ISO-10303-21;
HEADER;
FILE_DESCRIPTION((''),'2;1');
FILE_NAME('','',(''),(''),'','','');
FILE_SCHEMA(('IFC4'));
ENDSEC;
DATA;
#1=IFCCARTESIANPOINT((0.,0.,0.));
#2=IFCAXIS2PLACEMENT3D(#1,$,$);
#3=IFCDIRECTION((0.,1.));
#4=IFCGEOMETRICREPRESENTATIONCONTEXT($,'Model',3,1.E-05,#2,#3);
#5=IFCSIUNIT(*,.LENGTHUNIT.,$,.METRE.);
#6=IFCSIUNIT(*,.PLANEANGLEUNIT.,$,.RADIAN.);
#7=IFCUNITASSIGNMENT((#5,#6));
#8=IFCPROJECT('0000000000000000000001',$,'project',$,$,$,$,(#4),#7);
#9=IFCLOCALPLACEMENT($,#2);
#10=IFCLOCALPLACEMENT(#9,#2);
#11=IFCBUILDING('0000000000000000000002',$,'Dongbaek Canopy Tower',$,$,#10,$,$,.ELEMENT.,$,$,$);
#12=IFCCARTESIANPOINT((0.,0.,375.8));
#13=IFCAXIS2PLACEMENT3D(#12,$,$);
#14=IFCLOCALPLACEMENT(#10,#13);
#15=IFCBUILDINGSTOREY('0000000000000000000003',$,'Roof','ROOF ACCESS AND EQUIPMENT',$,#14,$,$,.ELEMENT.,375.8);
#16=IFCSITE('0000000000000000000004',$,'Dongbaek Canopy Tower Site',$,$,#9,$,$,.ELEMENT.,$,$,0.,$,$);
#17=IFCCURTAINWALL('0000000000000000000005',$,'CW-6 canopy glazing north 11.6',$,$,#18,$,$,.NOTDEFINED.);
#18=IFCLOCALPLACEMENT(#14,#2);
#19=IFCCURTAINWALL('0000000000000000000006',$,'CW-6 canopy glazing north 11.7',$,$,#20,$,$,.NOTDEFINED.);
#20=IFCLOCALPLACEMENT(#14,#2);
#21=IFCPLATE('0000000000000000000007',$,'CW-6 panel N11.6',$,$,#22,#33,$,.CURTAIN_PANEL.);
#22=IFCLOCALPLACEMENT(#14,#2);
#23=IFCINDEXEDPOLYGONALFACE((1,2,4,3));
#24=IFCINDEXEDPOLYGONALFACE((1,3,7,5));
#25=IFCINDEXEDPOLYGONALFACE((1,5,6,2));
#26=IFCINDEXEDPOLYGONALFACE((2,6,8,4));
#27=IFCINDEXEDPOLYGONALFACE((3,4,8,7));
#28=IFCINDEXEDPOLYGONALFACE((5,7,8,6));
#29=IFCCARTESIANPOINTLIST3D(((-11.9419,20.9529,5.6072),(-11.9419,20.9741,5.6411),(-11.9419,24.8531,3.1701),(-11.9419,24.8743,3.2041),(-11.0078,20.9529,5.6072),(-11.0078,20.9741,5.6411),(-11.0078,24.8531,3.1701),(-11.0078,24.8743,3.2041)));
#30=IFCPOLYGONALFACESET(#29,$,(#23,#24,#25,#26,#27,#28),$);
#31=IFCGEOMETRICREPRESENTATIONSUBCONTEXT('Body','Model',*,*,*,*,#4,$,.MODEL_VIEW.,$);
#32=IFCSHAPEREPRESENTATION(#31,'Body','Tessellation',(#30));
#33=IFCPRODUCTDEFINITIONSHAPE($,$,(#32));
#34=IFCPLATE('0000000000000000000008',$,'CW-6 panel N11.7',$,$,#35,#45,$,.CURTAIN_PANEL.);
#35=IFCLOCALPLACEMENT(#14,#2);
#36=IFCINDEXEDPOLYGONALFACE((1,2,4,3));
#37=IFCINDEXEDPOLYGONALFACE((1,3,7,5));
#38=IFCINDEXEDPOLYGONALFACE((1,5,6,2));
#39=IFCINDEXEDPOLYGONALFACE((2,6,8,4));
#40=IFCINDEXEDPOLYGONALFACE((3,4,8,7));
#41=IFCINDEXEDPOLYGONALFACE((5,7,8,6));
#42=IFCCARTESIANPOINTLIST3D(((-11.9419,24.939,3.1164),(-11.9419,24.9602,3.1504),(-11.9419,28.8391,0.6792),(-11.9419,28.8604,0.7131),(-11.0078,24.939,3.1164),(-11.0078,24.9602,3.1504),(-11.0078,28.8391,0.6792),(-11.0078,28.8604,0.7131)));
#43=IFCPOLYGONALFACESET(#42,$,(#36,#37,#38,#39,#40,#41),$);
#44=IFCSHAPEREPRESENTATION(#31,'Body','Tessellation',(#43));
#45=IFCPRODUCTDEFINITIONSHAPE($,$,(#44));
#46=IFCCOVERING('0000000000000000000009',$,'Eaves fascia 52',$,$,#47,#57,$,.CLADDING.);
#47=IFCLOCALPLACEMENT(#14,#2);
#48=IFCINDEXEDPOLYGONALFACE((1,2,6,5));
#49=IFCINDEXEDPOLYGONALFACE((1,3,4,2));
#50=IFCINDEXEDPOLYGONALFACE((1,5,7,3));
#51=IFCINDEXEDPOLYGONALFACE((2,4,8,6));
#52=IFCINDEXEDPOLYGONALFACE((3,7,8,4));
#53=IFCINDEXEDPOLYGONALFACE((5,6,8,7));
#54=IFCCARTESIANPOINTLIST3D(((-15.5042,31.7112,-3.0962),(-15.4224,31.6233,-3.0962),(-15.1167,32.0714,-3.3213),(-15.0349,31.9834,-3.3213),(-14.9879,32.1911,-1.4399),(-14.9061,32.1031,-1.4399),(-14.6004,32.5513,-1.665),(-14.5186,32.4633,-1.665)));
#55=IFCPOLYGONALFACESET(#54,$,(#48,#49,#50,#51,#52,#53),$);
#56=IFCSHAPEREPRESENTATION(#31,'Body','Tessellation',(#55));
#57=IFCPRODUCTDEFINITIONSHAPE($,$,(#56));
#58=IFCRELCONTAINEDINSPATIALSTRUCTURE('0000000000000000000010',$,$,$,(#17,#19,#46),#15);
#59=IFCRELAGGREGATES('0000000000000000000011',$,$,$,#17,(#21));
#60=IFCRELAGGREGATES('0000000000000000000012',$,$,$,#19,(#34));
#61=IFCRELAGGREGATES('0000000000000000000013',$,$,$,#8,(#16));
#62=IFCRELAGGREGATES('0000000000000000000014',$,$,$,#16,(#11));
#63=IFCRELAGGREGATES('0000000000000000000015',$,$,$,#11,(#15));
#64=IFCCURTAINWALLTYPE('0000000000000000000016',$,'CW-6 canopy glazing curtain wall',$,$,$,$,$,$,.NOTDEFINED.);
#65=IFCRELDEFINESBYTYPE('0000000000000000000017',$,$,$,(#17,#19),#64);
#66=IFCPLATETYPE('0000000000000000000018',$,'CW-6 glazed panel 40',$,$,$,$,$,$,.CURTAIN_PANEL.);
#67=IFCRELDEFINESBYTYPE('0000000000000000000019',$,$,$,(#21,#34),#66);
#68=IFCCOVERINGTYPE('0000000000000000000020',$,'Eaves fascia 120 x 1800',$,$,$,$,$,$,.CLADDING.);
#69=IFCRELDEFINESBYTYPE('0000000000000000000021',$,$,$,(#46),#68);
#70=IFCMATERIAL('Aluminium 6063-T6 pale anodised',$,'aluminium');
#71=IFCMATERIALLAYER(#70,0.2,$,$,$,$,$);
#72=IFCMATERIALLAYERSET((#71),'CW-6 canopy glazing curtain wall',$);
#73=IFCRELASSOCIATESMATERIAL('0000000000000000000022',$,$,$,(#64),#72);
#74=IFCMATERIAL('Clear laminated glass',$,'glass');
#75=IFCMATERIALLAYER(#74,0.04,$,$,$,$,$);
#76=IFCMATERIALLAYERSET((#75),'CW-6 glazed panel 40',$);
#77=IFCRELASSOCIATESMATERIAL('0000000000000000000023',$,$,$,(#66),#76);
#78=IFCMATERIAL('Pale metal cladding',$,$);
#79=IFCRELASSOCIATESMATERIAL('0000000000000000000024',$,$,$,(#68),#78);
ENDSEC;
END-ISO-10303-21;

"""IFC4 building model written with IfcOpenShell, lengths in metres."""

from ifc_helpers import new_model, si_unit, direction, frame, origin, origin_2d, place, context, subcontext, project, spatial, polyline, rectangle, outline, extrude, material, layer, layer_set, material_profile, profile_set, type_object, element, aggregate, save


model = new_model("IFC4")

# Units and contexts
model_context = context("Model", 3, precision=1e-05, world=origin(), true_north=direction((0.0, 1.0)))
body_context = subcontext(model_context, "Body", "Model", "MODEL_VIEW")
ifc_project = project(units=[si_unit("LENGTHUNIT", "METRE"), si_unit("PLANEANGLEUNIT", "RADIAN")], contexts=[model_context])

# Site, building, storey
site_placement = place(None, origin())
site = spatial("IfcSite", under=ifc_project, at=site_placement, Name="Dongbaek Canopy Tower Site", CompositionType="ELEMENT", RefElevation=0.0)
building_placement = place(site_placement, origin())
building = spatial("IfcBuilding", under=site, at=building_placement, Name="Dongbaek Canopy Tower", CompositionType="ELEMENT")
storey_placement = place(building_placement, frame((0.0, 0.0, 375.8)))
storey = spatial("IfcBuildingStorey", under=building, at=storey_placement, Name="Roof", Description="ROOF ACCESS AND EQUIPMENT", CompositionType="ELEMENT", Elevation=375.8)

# Shared definitions
ifc_material_1 = material(Name="Aluminium 6063-T6 pale anodised", Category="aluminium")
ifc_layer_1 = layer(ifc_material_1, 0.2)
ifc_layer_set_1 = layer_set([ifc_layer_1], Name="CW-6 canopy glazing curtain wall")
curtain_wall_type = type_object("IfcCurtainWallType", Name="CW-6 canopy glazing curtain wall", PredefinedType="NOTDEFINED", material=ifc_layer_set_1)

# Curtain walls
curtain_wall_1_placement = place(storey_placement, origin())
curtain_wall_1 = element("IfcCurtainWall", 1, at=curtain_wall_1_placement, inside=storey, type_object=curtain_wall_type, Name="CW-6 canopy glazing north 11.6", PredefinedType="NOTDEFINED")
curtain_wall_2_placement = place(storey_placement, origin())
curtain_wall_2 = element("IfcCurtainWall", 2, at=curtain_wall_2_placement, inside=storey, type_object=curtain_wall_type, Name="CW-6 canopy glazing north 11.7", PredefinedType="NOTDEFINED")

# Plates
ifc_material_2 = material(Name="Clear laminated glass", Category="glass")
ifc_layer_2 = layer(ifc_material_2, 0.04)
ifc_layer_set_2 = layer_set([ifc_layer_2], Name="CW-6 glazed panel 40")
plate_type = type_object("IfcPlateType", Name="CW-6 glazed panel 40", PredefinedType="CURTAIN_PANEL", material=ifc_layer_set_2)
plate_1_placement = place(storey_placement, frame((-11.0078, 20.9741, 5.6411), z_axis=(0.0, 0.529908, 0.848055), x_axis=(-1.0, 0.0, 0.0)))
plate_1 = element("IfcPlate", 3, at=plate_1_placement, type_object=plate_type, Name="CW-6 panel N11.6", PredefinedType="CURTAIN_PANEL", context=body_context, shape_type="SweptSolid", body=[
    extrude(outline(polyline([(0.0, 0.0), (0.9341, 0.0), (0.9341, -4.5989), (0.0, -4.5989), (0.0, 0.0)])), origin(), (0.0, 0.0, -1.0), 0.04),
])
aggregate(curtain_wall_1, [plate_1])
plate_2_placement = place(storey_placement, frame((-11.0078, 24.9602, 3.1504), z_axis=(0.0, 0.529946, 0.848031), x_axis=(-1.0, 0.0, 0.0)))
plate_2 = element("IfcPlate", 4, at=plate_2_placement, type_object=plate_type, Name="CW-6 panel N11.7", PredefinedType="CURTAIN_PANEL", context=body_context, shape_type="SweptSolid", body=[
    extrude(outline(polyline([(0.0, 0.0), (0.9341, 0.0), (0.9341, -4.5991), (0.0, -4.5991), (0.0, 0.0)])), origin(), (0.0, 0.0, -1.0), 0.04),
])
aggregate(curtain_wall_2, [plate_2])

# Covering
ifc_material_3 = material(Name="Pale metal cladding")
ifc_material_profile_1 = material_profile(ifc_material_3, rectangle(XDim=0.1201, YDim=1.8, at=origin_2d()), Name="Eaves fascia 120 x 1800")
ifc_profile_set_1 = profile_set([ifc_material_profile_1], Name="Pale metal cladding")
covering_type = type_object("IfcCoveringType", Name="Eaves fascia 120 x 1800", PredefinedType="CLADDING", material=ifc_profile_set_1)
covering_placement = place(storey_placement, frame((-14.8176, 32.2673, -2.4932), z_axis=(-0.673992, -0.626426, 0.391569), x_axis=(0.680787, -0.732481, 0.0)))
element("IfcCovering", 5, at=covering_placement, inside=storey, type_object=covering_type, Name="Eaves fascia 52", PredefinedType="CLADDING", context=body_context, shape_type="SweptSolid", body=[
    extrude(rectangle(XDim=0.1201, YDim=1.8, at=origin_2d()), origin(), (0.0, 0.0, 1.0), 0.575),
])

save(model, "model.ifc")
